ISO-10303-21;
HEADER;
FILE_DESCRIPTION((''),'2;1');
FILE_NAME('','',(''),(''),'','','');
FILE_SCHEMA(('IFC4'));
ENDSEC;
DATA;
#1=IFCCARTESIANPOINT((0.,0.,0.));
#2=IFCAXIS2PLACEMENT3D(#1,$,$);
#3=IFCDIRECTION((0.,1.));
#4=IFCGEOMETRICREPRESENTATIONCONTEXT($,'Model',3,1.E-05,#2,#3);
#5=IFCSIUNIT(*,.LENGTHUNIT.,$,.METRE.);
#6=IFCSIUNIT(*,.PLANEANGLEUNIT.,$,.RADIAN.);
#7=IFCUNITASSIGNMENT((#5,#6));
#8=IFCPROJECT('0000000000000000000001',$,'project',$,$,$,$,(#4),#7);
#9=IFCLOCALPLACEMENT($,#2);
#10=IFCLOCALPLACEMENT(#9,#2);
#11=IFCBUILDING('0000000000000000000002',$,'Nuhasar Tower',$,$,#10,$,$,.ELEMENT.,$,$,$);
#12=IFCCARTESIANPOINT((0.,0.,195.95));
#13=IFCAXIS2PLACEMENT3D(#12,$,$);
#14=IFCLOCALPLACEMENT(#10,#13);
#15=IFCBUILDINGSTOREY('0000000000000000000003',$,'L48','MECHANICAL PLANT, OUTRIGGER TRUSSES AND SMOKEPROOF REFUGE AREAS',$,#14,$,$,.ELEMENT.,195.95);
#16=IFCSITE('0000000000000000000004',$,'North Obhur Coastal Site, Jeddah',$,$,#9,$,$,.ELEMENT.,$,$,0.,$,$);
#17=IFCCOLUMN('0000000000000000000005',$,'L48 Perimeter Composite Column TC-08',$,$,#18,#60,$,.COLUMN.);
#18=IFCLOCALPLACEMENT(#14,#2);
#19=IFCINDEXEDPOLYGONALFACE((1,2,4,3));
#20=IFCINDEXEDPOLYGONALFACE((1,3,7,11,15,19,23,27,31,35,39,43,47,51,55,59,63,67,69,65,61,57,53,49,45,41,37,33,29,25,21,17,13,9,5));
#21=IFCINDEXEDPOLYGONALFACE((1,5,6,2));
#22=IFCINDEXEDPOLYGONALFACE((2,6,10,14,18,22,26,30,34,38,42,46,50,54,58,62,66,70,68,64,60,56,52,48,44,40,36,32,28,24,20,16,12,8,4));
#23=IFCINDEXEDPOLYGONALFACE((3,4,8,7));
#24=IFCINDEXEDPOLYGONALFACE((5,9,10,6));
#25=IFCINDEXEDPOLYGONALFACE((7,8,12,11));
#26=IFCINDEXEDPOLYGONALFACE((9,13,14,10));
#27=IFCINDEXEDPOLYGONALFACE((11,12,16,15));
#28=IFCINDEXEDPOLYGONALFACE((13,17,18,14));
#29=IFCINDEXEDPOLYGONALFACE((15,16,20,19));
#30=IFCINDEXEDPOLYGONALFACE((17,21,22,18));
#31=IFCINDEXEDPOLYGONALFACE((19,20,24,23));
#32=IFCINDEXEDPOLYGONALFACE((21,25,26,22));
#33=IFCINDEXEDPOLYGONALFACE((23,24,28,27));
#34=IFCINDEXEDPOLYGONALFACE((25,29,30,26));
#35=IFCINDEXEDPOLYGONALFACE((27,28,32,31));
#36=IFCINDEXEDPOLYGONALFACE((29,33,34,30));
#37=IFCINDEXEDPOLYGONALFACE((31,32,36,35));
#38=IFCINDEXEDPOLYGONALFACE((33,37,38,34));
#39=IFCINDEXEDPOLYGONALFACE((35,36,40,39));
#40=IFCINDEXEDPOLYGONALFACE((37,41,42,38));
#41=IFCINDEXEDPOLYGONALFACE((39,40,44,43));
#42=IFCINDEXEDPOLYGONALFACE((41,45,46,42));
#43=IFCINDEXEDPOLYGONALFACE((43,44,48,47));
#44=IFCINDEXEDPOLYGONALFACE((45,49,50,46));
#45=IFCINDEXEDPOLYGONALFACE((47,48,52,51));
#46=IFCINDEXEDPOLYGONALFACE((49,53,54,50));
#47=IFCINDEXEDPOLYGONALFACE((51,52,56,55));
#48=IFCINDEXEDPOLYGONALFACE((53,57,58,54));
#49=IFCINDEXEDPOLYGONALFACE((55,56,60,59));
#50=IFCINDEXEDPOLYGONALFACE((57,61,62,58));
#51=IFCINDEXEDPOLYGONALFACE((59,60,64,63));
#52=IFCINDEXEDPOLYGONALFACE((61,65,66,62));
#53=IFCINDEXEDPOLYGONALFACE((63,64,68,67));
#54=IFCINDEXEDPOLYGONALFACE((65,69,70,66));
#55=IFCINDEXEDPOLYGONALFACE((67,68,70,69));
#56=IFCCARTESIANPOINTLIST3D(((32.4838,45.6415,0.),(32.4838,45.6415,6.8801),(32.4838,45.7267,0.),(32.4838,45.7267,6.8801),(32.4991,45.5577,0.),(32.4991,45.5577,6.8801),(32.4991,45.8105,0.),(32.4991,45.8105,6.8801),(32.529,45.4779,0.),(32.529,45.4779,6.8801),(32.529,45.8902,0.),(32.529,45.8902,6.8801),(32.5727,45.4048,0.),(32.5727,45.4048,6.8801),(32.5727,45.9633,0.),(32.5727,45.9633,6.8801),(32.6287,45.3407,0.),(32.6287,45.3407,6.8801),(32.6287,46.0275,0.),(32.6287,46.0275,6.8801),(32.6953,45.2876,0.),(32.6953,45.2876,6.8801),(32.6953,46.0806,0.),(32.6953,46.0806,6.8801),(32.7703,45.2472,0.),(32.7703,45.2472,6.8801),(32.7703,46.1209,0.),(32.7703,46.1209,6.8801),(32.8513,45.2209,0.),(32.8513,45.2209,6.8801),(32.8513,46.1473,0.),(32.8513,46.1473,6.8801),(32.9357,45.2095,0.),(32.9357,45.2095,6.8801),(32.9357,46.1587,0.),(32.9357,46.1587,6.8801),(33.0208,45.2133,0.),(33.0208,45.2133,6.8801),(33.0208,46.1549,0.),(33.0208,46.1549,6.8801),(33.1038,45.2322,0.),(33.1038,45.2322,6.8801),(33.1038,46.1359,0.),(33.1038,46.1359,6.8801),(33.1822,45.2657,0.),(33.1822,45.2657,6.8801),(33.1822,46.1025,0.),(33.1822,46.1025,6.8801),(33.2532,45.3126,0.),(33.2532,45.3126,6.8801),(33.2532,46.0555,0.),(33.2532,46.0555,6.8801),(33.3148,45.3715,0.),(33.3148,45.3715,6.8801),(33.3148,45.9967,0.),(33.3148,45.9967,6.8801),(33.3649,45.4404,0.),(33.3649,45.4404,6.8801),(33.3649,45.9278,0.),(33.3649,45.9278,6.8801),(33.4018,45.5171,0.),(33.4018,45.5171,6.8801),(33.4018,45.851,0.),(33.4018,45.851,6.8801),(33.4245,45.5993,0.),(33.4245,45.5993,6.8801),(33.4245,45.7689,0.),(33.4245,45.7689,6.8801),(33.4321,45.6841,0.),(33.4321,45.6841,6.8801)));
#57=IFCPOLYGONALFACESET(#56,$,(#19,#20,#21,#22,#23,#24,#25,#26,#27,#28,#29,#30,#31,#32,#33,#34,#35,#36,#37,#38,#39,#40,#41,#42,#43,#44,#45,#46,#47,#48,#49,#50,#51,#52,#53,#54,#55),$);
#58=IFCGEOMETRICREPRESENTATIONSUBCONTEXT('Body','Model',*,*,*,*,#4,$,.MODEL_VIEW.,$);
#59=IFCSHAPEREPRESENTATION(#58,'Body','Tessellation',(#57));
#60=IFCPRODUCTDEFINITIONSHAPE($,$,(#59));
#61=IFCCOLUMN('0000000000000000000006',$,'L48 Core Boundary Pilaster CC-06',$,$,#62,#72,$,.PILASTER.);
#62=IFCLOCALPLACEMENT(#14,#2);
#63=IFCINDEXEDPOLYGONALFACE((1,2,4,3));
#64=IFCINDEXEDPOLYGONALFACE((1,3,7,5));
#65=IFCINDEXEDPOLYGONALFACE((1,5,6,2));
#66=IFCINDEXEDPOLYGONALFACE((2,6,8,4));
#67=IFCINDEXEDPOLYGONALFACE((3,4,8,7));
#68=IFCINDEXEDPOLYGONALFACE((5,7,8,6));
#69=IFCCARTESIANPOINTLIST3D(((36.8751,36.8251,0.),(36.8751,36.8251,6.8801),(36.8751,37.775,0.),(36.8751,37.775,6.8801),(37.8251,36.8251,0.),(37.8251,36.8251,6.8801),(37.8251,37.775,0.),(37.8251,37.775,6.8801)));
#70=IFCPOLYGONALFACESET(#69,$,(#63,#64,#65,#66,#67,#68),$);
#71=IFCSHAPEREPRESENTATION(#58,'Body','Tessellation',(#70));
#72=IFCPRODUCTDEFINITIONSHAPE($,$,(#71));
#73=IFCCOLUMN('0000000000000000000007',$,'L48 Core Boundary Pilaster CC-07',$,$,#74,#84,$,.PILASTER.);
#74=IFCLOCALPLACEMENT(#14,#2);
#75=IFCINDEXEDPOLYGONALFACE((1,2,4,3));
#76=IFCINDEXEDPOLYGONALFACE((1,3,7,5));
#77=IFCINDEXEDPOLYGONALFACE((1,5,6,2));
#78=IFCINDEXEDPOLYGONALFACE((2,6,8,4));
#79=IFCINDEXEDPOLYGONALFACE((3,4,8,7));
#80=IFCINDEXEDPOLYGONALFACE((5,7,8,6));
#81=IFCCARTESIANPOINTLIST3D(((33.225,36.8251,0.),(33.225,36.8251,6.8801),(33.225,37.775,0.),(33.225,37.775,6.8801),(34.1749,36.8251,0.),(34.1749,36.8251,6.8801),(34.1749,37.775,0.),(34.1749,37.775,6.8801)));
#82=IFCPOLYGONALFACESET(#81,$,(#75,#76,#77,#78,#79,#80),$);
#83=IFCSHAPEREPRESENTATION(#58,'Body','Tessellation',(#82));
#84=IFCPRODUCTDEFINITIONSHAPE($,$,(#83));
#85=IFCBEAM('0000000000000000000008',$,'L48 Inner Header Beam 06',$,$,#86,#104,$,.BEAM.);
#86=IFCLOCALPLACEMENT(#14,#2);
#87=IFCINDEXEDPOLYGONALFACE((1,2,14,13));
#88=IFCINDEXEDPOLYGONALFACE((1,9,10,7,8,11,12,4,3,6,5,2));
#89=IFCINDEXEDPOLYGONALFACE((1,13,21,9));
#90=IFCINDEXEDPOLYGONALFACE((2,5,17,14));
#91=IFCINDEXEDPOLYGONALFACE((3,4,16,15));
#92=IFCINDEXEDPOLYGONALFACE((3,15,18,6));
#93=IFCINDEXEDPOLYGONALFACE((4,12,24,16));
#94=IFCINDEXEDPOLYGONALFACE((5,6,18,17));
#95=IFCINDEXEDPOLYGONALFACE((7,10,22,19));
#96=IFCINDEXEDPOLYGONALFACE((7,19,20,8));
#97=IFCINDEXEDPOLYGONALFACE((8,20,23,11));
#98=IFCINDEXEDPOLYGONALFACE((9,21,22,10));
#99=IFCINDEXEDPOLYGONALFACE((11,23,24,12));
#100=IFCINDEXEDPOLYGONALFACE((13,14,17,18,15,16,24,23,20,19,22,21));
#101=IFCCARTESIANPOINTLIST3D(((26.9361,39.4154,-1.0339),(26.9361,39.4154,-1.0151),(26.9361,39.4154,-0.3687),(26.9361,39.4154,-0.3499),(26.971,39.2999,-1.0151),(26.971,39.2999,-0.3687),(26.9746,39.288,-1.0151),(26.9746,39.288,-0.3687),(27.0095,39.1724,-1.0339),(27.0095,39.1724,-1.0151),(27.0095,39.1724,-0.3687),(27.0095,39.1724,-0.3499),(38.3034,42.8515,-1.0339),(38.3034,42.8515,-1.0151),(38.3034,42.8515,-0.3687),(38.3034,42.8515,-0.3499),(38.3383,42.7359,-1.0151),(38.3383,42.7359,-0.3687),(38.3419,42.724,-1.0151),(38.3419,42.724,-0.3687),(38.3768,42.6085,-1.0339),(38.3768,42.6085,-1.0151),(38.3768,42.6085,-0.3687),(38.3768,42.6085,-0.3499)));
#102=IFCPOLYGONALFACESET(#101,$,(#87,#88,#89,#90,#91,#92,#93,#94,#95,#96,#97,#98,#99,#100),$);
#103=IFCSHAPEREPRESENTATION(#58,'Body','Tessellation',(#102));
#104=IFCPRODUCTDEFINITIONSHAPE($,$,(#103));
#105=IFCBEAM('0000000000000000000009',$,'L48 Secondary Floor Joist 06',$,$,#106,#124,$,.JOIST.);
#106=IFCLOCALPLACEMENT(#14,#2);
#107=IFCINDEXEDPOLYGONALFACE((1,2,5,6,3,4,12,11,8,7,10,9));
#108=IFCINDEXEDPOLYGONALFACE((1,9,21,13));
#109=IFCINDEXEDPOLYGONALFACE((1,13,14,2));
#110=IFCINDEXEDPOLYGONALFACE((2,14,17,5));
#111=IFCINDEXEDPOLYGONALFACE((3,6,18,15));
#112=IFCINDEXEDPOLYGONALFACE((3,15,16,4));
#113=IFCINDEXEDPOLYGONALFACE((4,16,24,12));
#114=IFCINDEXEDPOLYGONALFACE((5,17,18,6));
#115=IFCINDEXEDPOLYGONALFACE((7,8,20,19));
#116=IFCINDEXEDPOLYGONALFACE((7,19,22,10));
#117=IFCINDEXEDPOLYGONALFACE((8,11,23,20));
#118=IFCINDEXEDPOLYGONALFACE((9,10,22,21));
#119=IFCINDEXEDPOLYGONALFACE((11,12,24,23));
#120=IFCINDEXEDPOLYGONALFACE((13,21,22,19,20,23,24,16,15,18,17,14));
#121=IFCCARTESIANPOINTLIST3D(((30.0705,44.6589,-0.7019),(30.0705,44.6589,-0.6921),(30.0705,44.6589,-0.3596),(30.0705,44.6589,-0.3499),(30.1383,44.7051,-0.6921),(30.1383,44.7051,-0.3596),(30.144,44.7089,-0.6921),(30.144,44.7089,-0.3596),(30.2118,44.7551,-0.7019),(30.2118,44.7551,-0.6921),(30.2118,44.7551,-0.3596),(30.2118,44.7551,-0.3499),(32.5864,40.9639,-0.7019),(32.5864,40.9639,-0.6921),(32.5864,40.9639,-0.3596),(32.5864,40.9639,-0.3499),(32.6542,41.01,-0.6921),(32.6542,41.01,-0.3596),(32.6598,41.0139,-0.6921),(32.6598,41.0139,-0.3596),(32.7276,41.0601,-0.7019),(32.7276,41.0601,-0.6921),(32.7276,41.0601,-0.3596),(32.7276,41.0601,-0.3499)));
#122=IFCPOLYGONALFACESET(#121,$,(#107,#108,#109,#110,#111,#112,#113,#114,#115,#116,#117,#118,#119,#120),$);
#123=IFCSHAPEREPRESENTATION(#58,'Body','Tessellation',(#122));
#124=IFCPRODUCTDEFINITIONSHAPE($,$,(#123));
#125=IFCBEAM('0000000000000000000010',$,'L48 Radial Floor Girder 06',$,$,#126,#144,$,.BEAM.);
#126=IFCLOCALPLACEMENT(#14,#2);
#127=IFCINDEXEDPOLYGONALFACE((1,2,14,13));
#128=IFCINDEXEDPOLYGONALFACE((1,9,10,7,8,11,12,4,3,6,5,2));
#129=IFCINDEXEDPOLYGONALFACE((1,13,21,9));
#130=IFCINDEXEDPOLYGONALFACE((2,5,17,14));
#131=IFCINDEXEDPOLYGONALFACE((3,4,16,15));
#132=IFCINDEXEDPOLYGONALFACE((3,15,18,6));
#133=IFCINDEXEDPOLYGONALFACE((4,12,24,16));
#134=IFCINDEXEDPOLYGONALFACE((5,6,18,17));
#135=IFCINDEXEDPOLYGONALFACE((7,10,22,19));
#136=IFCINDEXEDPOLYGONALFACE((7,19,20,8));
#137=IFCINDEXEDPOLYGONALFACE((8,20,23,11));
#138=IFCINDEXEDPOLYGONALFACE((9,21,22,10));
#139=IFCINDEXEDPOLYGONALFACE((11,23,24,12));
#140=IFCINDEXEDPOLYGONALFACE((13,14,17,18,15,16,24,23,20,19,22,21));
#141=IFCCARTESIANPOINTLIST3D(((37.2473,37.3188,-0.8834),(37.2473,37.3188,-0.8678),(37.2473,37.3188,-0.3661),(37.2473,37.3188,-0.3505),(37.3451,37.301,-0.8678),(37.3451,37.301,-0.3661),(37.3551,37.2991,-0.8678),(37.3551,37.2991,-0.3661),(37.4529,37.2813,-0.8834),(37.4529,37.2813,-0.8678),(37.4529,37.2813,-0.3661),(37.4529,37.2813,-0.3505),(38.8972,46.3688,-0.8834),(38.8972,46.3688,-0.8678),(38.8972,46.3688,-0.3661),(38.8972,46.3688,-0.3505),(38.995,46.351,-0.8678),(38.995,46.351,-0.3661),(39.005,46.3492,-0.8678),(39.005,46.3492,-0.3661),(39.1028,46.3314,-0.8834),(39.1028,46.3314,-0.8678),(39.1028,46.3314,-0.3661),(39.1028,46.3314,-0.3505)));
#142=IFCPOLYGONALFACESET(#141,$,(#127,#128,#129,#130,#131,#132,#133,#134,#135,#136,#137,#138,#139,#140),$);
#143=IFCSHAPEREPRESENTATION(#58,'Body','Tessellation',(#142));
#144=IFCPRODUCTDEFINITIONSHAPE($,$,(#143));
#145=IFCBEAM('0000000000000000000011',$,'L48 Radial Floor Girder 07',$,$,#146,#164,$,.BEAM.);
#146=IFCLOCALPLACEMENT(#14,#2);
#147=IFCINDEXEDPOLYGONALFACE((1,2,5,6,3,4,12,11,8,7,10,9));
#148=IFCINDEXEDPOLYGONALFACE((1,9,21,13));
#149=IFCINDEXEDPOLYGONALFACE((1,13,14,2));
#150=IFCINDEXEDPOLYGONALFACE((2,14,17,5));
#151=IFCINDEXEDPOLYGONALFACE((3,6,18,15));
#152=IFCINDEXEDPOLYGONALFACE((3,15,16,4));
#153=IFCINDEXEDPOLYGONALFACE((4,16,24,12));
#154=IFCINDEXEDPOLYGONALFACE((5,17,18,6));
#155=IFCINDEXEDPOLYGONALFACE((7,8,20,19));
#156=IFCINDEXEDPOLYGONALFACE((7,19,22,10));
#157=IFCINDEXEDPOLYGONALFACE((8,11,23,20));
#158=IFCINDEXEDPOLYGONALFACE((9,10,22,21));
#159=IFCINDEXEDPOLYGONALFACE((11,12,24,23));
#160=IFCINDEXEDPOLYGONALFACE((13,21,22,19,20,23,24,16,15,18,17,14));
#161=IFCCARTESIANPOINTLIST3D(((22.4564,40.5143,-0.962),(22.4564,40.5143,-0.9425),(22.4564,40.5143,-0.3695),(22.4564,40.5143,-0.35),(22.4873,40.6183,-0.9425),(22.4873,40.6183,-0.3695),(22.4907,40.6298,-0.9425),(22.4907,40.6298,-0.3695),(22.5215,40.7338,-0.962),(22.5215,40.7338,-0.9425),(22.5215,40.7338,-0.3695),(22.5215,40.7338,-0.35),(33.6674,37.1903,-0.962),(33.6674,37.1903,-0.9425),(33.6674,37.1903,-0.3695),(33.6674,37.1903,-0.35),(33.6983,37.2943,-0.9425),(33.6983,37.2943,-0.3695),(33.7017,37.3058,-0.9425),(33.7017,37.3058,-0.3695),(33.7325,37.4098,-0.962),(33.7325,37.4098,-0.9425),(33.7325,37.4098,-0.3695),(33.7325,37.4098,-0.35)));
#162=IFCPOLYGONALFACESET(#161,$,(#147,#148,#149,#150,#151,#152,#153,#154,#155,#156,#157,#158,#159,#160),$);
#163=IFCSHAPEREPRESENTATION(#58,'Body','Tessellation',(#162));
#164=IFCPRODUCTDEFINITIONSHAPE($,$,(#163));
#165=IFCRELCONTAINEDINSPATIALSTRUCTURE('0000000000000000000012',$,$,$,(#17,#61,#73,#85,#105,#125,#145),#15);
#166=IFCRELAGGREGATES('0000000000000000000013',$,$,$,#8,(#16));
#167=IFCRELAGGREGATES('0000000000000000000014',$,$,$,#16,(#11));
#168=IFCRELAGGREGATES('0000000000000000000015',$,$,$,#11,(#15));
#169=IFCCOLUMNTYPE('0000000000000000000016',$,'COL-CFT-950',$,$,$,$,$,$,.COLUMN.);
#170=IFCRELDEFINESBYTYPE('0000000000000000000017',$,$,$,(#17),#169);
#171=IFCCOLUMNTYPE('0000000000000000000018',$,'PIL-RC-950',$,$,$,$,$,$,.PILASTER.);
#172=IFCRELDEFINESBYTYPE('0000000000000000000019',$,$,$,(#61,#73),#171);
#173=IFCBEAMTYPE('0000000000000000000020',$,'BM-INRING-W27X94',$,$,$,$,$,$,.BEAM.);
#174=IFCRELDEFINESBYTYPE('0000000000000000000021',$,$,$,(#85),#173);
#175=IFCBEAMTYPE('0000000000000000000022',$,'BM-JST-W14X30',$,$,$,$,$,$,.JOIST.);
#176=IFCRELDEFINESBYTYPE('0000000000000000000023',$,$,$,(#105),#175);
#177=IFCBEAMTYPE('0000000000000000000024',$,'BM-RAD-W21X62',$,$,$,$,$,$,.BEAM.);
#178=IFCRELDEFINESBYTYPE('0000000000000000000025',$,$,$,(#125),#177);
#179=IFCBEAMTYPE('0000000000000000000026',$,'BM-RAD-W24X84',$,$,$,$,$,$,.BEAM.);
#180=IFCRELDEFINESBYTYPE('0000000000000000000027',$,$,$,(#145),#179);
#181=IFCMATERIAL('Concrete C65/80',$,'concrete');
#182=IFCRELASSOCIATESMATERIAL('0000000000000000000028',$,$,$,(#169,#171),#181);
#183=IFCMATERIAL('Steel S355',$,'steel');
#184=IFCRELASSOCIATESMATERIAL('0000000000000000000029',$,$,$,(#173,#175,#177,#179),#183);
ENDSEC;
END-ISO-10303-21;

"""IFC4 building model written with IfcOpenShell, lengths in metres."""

from ifc_helpers import new_model, si_unit, direction, frame, origin, origin_2d, place, context, subcontext, project, spatial, rectangle, circle, i_section, extrude, material, material_profile, profile_set, type_object, element, save


model = new_model("IFC4")

# Units and contexts
model_context = context("Model", 3, precision=1e-05, world=origin(), true_north=direction((0.0, 1.0)))
body_context = subcontext(model_context, "Body", "Model", "MODEL_VIEW")
ifc_project = project(units=[si_unit("LENGTHUNIT", "METRE"), si_unit("PLANEANGLEUNIT", "RADIAN")], contexts=[model_context])

# Site, building, storey
site_placement = place(None, origin())
site = spatial("IfcSite", under=ifc_project, at=site_placement, Name="North Obhur Coastal Site, Jeddah", CompositionType="ELEMENT", RefElevation=0.0)
building_placement = place(site_placement, origin())
building = spatial("IfcBuilding", under=site, at=building_placement, Name="Nuhasar Tower", CompositionType="ELEMENT")
storey_placement = place(building_placement, frame((0.0, 0.0, 195.95)))
storey = spatial("IfcBuildingStorey", under=building, at=storey_placement, Name="L48", Description="MECHANICAL PLANT, OUTRIGGER TRUSSES AND SMOKEPROOF REFUGE AREAS", CompositionType="ELEMENT", Elevation=195.95)

# Columns
ifc_material_1 = material(Name="Concrete C65/80", Category="concrete")
ifc_material_profile_1 = material_profile(ifc_material_1, circle(Radius=0.4751, at=origin_2d()), Name="CFT950")
ifc_profile_set_1 = profile_set([ifc_material_profile_1], Name="Concrete C65/80")
column_type_1 = type_object("IfcColumnType", Name="COL-CFT-950", PredefinedType="COLUMN", material=ifc_profile_set_1)
column_placement = place(storey_placement, frame((32.957, 45.6841, 0.0), z_axis=(0.0, 0.0, 1.0), x_axis=(1.0, 0.0, 0.0)))
element("IfcColumn", 1, at=column_placement, inside=storey, type_object=column_type_1, Name="L48 Perimeter Composite Column TC-08", PredefinedType="COLUMN", context=body_context, shape_type="SweptSolid", body=[
    extrude(circle(Radius=0.4751, at=origin_2d()), origin(), (0.0, 0.0, 1.0), 6.8801),
])
ifc_material_profile_2 = material_profile(ifc_material_1, rectangle(XDim=0.95, YDim=0.95, at=origin_2d()), Name="RC950X950")
ifc_profile_set_2 = profile_set([ifc_material_profile_2], Name="Concrete C65/80")
column_type_2 = type_object("IfcColumnType", Name="PIL-RC-950", PredefinedType="PILASTER", material=ifc_profile_set_2)
for number, where, z_axis, x_axis, name in (
    (2, (37.3501, 37.3, 0.0), (0.0, 0.0, 1.0), (1.0, 0.0, 0.0), "L48 Core Boundary Pilaster CC-06"),
    (3, (33.7, 37.3, 0.0), (0.0, 0.0, 1.0), (1.0, 0.0, 0.0), "L48 Core Boundary Pilaster CC-07"),
):
    element("IfcColumn", number, at=place(storey_placement, frame(where, z_axis=z_axis, x_axis=x_axis)), inside=storey, type_object=column_type_2, Name=name, PredefinedType="PILASTER", context=body_context, shape_type="SweptSolid", body=[
        extrude(rectangle(XDim=0.95, YDim=0.95, at=origin_2d()), origin(), (0.0, 0.0, 1.0), 6.8801),
    ])

# Beams
ifc_material_2 = material(Name="Steel S355", Category="steel")
ifc_material_profile_3 = material_profile(ifc_material_2, i_section(OverallWidth=0.2539, OverallDepth=0.6841, WebThickness=0.0125, FlangeThickness=0.0188, at=origin_2d()), Name="W27X94")
ifc_profile_set_3 = profile_set([ifc_material_profile_3], Name="Steel S355")
beam_type_1 = type_object("IfcBeamType", Name="BM-INRING-W27X94", PredefinedType="BEAM", material=ifc_profile_set_3)
beam_1_placement = place(storey_placement, frame((38.3401, 42.73, -0.6919), z_axis=(-0.957224, -0.289347, 0.0), x_axis=(0.289347, -0.957224, 0.0)))
element("IfcBeam", 4, at=beam_1_placement, inside=storey, type_object=beam_type_1, Name="L48 Inner Header Beam 06", PredefinedType="BEAM", context=body_context, shape_type="SweptSolid", body=[
    extrude(i_section(OverallWidth=0.2539, OverallDepth=0.6841, WebThickness=0.0125, FlangeThickness=0.0188, at=origin_2d()), origin(), (0.0, 0.0, 1.0), 11.8752),
])
ifc_material_profile_4 = material_profile(ifc_material_2, i_section(OverallWidth=0.1709, OverallDepth=0.3521, WebThickness=0.0068, FlangeThickness=0.0098, at=origin_2d()), Name="W14X30")
ifc_profile_set_4 = profile_set([ifc_material_profile_4], Name="Steel S355")
beam_type_2 = type_object("IfcBeamType", Name="BM-JST-W14X30", PredefinedType="JOIST", material=ifc_profile_set_4)
beam_2_placement = place(storey_placement, frame((32.657, 41.012, -0.5259), z_axis=(-0.562803, 0.826591, 0.0), x_axis=(-0.826591, -0.562803, 0.0)))
element("IfcBeam", 5, at=beam_2_placement, inside=storey, type_object=beam_type_2, Name="L48 Secondary Floor Joist 06", PredefinedType="JOIST", context=body_context, shape_type="SweptSolid", body=[
    extrude(i_section(OverallWidth=0.1709, OverallDepth=0.3521, WebThickness=0.0068, FlangeThickness=0.0098, at=origin_2d()), origin(), (0.0, 0.0, 1.0), 4.4702),
])
ifc_material_profile_5 = material_profile(ifc_material_2, i_section(OverallWidth=0.209, OverallDepth=0.533, WebThickness=0.0103, FlangeThickness=0.0156, at=origin_2d()), Name="W21X62")
ifc_profile_set_5 = profile_set([ifc_material_profile_5], Name="Steel S355")
beam_type_3 = type_object("IfcBeamType", Name="BM-RAD-W21X62", PredefinedType="BEAM", material=ifc_profile_set_5)
beam_3_placement = place(storey_placement, frame((37.3501, 37.3, -0.6169), z_axis=(0.179353, 0.983785, 0.0), x_axis=(-0.983785, 0.179353, 0.0)))
element("IfcBeam", 6, at=beam_3_placement, inside=storey, type_object=beam_type_3, Name="L48 Radial Floor Girder 06", PredefinedType="BEAM", context=body_context, shape_type="SweptSolid", body=[
    extrude(i_section(OverallWidth=0.209, OverallDepth=0.533, WebThickness=0.0103, FlangeThickness=0.0156, at=origin_2d()), origin(), (0.0, 0.0, 1.0), 9.1992),
])
ifc_material_profile_6 = material_profile(ifc_material_2, i_section(OverallWidth=0.229, OverallDepth=0.6121, WebThickness=0.012, FlangeThickness=0.0195, at=origin_2d()), Name="W24X84")
ifc_profile_set_6 = profile_set([ifc_material_profile_6], Name="Steel S355")
beam_type_4 = type_object("IfcBeamType", Name="BM-RAD-W24X84", PredefinedType="BEAM", material=ifc_profile_set_6)
beam_4_placement = place(storey_placement, frame((33.7, 37.3, -0.656), z_axis=(-0.958746, 0.284262, 0.0), x_axis=(-0.284262, -0.958746, 0.0)))
element("IfcBeam", 7, at=beam_4_placement, inside=storey, type_object=beam_type_4, Name="L48 Radial Floor Girder 07", PredefinedType="BEAM", context=body_context, shape_type="SweptSolid", body=[
    extrude(i_section(OverallWidth=0.229, OverallDepth=0.6121, WebThickness=0.012, FlangeThickness=0.0195, at=origin_2d()), origin(), (0.0, 0.0, 1.0), 11.6934),
])

save(model, "model.ifc")
